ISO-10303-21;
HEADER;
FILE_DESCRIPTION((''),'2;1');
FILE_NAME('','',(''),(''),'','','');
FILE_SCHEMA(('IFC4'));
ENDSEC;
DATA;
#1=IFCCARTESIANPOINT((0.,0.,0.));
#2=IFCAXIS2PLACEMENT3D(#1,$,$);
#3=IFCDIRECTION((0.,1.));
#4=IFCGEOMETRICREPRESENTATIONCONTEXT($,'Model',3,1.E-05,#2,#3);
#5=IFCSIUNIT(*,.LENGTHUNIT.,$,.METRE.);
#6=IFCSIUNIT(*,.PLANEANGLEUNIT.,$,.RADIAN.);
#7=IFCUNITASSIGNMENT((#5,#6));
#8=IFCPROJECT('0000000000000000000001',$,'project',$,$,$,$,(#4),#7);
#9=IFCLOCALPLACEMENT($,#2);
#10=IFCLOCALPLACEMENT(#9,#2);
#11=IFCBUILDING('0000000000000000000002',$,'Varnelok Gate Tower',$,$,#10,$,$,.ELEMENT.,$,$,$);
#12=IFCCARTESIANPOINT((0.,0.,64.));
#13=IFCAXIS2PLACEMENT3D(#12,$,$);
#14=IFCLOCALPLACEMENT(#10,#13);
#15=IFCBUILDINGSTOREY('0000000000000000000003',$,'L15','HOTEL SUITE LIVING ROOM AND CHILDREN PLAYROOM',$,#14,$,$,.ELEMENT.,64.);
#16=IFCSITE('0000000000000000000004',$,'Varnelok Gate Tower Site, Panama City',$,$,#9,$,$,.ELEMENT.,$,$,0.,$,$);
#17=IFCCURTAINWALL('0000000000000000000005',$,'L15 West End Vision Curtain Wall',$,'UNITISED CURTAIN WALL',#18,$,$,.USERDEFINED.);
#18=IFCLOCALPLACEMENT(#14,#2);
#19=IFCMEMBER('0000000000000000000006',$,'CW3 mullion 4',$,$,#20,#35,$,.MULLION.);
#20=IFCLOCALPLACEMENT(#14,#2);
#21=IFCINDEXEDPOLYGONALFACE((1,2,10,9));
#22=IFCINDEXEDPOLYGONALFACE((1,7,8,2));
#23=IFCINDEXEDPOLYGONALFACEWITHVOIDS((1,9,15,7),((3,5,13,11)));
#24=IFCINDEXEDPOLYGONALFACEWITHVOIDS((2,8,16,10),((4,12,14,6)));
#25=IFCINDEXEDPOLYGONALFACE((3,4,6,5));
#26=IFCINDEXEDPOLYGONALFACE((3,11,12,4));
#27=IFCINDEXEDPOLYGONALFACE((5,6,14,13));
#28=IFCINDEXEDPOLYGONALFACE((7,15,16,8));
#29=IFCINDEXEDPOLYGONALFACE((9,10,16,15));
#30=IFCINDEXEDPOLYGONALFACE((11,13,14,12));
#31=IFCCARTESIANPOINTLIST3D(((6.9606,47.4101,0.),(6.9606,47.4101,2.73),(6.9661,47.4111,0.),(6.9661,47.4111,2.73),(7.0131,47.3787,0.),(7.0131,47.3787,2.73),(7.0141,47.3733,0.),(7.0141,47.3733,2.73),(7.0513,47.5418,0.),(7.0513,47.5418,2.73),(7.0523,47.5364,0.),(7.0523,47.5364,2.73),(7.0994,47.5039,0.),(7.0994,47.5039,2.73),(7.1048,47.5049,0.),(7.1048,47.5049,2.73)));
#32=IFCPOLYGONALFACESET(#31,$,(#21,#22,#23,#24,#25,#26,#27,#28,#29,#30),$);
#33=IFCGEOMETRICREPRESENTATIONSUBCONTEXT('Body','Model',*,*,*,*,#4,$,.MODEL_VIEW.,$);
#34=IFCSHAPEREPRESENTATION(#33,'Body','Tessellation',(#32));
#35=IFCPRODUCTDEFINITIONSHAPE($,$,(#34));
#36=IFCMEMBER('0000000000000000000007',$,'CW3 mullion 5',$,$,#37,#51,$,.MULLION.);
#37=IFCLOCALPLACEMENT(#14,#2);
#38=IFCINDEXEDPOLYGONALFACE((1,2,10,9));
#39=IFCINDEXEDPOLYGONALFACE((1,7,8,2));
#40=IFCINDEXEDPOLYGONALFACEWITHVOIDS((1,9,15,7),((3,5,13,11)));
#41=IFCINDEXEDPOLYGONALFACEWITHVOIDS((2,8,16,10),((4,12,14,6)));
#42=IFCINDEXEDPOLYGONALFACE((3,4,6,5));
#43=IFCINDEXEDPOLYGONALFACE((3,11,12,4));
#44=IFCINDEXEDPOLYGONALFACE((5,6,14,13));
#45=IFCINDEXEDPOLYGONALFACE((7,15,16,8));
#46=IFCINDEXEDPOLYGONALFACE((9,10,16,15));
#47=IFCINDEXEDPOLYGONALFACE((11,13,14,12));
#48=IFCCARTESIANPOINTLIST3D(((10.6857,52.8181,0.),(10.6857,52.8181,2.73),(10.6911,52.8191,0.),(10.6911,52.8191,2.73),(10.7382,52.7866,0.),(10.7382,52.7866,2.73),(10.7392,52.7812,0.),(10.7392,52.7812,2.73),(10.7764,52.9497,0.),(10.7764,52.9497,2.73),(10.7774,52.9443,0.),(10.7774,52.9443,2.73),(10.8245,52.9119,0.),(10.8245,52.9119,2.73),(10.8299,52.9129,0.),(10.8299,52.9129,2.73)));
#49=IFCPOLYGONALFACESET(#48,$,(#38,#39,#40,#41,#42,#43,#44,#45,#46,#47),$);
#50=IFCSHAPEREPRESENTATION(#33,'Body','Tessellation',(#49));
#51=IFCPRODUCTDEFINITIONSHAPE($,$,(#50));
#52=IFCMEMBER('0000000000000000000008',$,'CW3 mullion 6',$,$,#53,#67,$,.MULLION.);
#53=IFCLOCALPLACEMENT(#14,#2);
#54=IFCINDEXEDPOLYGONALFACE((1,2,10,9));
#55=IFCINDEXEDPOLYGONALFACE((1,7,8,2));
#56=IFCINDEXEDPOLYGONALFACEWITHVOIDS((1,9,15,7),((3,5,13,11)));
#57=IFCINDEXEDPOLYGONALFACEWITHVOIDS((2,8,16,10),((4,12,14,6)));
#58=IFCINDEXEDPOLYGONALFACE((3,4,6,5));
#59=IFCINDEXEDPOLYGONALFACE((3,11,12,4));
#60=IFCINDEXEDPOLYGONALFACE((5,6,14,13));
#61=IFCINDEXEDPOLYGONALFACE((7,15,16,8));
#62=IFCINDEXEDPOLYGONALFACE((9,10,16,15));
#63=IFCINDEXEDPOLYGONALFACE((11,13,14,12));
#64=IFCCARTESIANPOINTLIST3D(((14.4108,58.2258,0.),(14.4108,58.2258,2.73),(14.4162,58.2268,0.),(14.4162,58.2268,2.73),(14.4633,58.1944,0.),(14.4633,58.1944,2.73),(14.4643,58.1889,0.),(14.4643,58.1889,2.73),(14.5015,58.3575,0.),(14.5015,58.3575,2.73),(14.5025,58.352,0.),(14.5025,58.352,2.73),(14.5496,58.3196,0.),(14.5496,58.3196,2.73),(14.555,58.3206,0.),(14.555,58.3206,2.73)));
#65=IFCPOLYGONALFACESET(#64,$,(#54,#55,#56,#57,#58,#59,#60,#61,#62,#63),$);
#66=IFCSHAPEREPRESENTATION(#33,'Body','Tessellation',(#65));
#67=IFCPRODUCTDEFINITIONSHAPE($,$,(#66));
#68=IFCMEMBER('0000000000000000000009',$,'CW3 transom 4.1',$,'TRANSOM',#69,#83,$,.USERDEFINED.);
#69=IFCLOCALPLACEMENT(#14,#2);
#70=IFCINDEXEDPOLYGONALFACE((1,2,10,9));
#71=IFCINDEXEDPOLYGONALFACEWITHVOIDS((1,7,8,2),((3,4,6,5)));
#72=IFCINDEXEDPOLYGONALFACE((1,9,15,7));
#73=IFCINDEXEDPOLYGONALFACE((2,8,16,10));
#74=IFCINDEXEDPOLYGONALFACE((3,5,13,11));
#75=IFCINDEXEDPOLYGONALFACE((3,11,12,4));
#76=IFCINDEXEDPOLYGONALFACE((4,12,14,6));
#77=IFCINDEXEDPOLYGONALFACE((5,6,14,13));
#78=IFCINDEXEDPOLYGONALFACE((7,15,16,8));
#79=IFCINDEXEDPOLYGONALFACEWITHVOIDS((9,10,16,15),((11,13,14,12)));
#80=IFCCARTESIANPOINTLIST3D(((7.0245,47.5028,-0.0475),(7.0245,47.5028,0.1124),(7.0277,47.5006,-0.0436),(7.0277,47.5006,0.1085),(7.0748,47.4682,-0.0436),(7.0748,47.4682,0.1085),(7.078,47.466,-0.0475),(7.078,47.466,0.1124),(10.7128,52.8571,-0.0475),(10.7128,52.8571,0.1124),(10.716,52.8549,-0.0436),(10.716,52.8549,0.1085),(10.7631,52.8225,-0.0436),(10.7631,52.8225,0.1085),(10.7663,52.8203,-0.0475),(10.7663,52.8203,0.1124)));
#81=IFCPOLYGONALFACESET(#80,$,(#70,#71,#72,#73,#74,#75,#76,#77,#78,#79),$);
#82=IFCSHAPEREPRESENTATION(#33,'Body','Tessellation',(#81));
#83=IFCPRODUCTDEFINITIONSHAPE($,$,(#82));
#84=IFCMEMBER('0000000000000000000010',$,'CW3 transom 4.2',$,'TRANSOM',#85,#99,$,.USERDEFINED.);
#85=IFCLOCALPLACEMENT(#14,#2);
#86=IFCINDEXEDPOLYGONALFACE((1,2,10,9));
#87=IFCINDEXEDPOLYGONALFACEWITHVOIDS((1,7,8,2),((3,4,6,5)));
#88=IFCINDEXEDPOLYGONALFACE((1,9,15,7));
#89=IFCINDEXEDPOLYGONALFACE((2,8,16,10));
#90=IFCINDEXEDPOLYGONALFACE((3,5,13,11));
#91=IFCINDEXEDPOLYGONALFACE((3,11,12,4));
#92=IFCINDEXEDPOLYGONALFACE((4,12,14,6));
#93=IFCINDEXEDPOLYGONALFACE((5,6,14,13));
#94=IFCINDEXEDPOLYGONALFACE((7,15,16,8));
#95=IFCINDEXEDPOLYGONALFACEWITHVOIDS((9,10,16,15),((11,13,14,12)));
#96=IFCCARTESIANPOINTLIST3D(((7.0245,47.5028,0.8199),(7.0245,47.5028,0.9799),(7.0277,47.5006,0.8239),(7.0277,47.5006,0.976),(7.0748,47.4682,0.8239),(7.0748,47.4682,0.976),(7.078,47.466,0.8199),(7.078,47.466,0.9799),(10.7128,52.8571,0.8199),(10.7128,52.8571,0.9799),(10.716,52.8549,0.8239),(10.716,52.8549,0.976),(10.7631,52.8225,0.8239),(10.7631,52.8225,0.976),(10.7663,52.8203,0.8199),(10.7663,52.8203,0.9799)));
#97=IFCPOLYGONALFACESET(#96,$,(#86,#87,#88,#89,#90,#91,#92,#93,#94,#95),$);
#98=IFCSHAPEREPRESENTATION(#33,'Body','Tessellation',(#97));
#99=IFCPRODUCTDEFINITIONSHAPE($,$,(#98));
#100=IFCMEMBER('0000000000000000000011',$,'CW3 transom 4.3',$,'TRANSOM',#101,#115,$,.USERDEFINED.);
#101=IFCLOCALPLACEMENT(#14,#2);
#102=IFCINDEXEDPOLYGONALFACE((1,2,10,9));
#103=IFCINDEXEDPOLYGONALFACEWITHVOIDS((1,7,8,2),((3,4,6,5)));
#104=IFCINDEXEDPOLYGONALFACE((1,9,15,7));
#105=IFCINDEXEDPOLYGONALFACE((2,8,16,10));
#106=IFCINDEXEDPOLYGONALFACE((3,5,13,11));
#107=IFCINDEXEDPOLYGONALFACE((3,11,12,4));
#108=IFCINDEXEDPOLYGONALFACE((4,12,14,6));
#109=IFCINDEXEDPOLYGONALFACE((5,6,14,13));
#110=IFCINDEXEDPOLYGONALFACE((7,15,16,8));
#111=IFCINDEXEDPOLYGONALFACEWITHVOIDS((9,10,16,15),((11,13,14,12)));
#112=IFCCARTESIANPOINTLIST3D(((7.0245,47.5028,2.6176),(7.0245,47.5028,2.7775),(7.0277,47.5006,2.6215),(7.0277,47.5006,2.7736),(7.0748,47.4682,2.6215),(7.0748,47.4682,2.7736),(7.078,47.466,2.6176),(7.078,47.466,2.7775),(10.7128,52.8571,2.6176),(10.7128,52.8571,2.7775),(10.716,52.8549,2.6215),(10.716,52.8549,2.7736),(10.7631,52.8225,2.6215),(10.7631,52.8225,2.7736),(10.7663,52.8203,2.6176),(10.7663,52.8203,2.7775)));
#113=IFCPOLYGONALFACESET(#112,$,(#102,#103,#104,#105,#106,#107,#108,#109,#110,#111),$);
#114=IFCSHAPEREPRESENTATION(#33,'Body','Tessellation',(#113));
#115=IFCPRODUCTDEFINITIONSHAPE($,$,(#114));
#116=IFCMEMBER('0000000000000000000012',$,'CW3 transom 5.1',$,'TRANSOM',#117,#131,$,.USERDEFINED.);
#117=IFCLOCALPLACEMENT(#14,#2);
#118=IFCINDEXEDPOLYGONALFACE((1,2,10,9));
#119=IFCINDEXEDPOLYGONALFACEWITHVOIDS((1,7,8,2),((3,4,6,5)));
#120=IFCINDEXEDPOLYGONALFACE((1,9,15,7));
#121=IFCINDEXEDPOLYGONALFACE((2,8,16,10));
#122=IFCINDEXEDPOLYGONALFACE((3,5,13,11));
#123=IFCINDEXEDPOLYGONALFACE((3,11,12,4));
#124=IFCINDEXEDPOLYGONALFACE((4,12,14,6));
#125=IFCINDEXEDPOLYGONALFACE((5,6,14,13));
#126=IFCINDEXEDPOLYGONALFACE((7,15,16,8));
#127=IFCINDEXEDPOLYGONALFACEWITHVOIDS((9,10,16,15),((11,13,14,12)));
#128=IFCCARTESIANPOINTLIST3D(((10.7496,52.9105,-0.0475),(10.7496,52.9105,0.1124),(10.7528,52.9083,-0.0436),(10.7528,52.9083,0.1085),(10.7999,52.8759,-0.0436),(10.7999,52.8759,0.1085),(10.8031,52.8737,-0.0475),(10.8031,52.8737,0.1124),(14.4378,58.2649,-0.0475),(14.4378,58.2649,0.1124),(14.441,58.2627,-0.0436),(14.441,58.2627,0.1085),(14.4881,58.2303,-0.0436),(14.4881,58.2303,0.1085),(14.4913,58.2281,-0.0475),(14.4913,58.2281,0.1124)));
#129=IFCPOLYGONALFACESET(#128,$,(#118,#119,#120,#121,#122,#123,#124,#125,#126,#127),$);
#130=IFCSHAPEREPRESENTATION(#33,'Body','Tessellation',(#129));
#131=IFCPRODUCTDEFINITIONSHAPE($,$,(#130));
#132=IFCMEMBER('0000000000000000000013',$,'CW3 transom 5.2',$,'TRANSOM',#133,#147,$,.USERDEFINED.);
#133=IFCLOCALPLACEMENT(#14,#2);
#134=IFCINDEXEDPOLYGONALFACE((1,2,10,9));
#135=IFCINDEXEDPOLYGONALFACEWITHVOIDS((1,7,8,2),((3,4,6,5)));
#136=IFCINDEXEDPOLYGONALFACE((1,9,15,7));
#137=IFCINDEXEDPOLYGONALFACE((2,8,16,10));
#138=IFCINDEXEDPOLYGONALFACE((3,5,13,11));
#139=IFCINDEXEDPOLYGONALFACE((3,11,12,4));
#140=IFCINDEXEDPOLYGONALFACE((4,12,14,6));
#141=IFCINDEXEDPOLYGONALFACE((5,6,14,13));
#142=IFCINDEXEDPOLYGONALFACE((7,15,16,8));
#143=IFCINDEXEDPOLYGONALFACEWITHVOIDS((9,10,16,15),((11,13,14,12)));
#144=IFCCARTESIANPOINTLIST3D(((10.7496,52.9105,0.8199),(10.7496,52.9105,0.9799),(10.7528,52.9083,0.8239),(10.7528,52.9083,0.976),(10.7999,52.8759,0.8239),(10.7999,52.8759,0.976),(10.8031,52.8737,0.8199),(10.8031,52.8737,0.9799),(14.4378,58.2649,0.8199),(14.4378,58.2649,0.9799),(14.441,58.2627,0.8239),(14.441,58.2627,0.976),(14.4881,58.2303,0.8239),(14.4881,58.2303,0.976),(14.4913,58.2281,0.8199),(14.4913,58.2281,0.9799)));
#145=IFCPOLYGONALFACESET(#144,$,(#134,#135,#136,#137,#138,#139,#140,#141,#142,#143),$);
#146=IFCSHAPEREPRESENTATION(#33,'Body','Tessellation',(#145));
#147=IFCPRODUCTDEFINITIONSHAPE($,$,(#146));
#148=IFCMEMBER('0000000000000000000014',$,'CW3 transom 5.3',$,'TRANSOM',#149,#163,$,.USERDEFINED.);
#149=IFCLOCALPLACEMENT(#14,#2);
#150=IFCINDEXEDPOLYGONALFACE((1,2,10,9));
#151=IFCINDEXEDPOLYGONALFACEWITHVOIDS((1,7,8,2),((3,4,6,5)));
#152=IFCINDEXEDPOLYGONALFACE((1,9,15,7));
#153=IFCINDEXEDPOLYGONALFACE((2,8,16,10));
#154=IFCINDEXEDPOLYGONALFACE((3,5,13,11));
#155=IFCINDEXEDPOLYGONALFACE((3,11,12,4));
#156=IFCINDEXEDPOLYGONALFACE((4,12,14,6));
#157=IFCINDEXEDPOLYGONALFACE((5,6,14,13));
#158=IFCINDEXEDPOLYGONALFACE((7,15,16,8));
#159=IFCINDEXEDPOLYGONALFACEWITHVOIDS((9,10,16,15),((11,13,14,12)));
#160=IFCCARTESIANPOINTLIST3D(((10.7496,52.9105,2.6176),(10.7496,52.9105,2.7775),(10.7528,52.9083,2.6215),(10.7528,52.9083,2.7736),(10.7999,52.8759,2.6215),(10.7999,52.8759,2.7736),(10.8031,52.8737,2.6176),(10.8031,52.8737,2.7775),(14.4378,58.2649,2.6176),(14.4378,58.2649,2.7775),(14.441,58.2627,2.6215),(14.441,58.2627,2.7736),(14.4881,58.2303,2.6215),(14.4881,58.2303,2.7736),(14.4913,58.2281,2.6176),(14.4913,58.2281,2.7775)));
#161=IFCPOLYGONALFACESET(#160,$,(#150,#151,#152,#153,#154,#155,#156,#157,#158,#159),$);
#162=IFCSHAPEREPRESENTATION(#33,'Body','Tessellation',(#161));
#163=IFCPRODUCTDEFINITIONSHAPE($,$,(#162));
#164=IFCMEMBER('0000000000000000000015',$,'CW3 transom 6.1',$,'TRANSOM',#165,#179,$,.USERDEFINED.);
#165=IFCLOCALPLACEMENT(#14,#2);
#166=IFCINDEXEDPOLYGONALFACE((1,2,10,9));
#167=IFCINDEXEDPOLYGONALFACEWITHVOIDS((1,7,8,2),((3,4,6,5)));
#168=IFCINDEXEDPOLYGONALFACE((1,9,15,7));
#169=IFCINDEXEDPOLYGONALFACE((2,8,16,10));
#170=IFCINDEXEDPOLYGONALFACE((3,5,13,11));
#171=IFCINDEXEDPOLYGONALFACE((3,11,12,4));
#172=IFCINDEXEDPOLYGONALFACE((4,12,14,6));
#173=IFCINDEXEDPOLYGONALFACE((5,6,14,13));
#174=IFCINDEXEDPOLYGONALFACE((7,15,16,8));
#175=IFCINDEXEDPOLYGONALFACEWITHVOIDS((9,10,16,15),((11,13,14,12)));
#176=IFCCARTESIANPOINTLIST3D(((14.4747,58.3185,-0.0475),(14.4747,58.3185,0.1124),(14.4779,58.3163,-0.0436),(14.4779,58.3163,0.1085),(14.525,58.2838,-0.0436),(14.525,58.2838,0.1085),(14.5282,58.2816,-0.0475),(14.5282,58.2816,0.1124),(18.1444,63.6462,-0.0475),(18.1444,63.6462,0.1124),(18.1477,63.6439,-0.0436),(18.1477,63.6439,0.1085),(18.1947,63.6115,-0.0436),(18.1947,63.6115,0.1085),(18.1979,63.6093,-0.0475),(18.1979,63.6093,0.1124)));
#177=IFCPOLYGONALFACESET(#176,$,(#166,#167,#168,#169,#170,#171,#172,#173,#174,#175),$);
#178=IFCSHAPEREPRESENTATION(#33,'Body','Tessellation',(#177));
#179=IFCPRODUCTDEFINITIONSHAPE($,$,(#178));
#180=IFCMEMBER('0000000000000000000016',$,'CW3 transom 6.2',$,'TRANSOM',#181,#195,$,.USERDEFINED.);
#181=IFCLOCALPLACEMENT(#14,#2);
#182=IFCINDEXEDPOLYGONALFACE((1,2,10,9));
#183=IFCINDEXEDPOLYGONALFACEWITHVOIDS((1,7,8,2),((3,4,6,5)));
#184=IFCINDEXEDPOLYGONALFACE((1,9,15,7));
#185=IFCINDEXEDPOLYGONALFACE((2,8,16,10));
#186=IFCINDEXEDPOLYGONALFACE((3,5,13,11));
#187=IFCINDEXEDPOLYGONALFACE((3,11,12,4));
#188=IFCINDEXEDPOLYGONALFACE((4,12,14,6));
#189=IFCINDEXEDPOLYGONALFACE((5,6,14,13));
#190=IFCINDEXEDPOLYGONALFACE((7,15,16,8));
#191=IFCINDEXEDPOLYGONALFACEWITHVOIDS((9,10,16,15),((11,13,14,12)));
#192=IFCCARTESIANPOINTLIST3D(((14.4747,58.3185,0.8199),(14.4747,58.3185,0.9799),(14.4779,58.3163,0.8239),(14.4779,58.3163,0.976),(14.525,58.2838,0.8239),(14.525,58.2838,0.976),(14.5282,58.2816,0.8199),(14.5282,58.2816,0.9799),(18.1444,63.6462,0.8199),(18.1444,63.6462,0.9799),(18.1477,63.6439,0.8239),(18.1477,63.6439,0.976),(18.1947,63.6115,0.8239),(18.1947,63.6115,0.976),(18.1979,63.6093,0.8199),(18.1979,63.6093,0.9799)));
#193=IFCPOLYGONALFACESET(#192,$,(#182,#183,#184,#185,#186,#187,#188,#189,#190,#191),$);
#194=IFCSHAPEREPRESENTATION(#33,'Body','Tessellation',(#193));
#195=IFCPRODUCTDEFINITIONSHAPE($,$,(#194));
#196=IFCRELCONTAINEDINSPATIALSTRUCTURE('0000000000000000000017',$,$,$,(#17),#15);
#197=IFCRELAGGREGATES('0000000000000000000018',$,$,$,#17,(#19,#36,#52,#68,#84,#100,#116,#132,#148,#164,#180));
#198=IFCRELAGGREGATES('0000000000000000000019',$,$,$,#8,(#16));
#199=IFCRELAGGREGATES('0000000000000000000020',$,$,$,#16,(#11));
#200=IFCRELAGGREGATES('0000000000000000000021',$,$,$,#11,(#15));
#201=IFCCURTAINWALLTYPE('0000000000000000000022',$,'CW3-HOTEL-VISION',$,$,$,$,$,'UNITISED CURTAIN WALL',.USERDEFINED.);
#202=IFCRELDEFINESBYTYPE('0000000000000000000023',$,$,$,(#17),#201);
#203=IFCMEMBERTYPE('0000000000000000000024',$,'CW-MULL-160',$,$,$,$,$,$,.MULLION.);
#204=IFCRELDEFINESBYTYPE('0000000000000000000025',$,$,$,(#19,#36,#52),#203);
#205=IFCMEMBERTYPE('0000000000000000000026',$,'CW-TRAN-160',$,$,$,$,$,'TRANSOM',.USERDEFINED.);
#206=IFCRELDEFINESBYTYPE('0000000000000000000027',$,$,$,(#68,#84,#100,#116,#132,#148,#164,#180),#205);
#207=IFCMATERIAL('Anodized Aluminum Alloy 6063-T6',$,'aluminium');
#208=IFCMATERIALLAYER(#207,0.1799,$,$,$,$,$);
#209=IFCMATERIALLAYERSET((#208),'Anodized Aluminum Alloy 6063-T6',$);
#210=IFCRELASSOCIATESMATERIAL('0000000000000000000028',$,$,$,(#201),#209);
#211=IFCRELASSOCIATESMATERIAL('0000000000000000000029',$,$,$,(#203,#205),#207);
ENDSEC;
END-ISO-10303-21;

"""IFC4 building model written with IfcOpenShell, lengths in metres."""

from ifc_helpers import new_model, si_unit, direction, frame, origin, origin_2d, place, context, subcontext, project, spatial, hollow_rectangle, extrude, material, layer, layer_set, material_profile, profile_set, type_object, element, aggregate, save


model = new_model("IFC4")

# Units and contexts
model_context = context("Model", 3, precision=1e-05, world=origin(), true_north=direction((0.0, 1.0)))
body_context = subcontext(model_context, "Body", "Model", "MODEL_VIEW")
ifc_project = project(units=[si_unit("LENGTHUNIT", "METRE"), si_unit("PLANEANGLEUNIT", "RADIAN")], contexts=[model_context])

# Site, building, storey
site_placement = place(None, origin())
site = spatial("IfcSite", under=ifc_project, at=site_placement, Name="Varnelok Gate Tower Site, Panama City", CompositionType="ELEMENT", RefElevation=0.0)
building_placement = place(site_placement, origin())
building = spatial("IfcBuilding", under=site, at=building_placement, Name="Varnelok Gate Tower", CompositionType="ELEMENT")
storey_placement = place(building_placement, frame((0.0, 0.0, 64.0)))
storey = spatial("IfcBuildingStorey", under=building, at=storey_placement, Name="L15", Description="HOTEL SUITE LIVING ROOM AND CHILDREN PLAYROOM", CompositionType="ELEMENT", Elevation=64.0)

# Curtain wall, members
ifc_material_1 = material(Name="Anodized Aluminum Alloy 6063-T6", Category="aluminium")
ifc_layer_1 = layer(ifc_material_1, 0.1799)
ifc_layer_set_1 = layer_set([ifc_layer_1], Name="Anodized Aluminum Alloy 6063-T6")
curtain_wall_type = type_object("IfcCurtainWallType", Name="CW3-HOTEL-VISION", ElementType="UNITISED CURTAIN WALL", PredefinedType="USERDEFINED", material=ifc_layer_set_1)
curtain_wall_placement = place(storey_placement, origin())
curtain_wall = element("IfcCurtainWall", 1, at=curtain_wall_placement, inside=storey, type_object=curtain_wall_type, Name="L15 West End Vision Curtain Wall", ObjectType="UNITISED CURTAIN WALL", PredefinedType="USERDEFINED")
ifc_material_profile_1 = material_profile(ifc_material_1, hollow_rectangle(XDim=0.0649, YDim=0.1599, WallThickness=0.0039, at=origin_2d()), Name="ALU160X65X4")
ifc_profile_set_1 = profile_set([ifc_material_profile_1], Name="Anodized Aluminum Alloy 6063-T6")
member_type_1 = type_object("IfcMemberType", Name="CW-MULL-160", PredefinedType="MULLION", material=ifc_profile_set_1)
member_1_placement = place(storey_placement, frame((7.0327, 47.4575, 0.0), z_axis=(0.0, 0.0, 1.0), x_axis=(-0.823533, 0.567269, 0.0)))
member_1 = element("IfcMember", 2, at=member_1_placement, type_object=member_type_1, Name="CW3 mullion 4", PredefinedType="MULLION", context=body_context, shape_type="SweptSolid", body=[
    extrude(hollow_rectangle(XDim=0.0649, YDim=0.1599, WallThickness=0.0039, at=origin_2d()), origin(), (0.0, 0.0, 1.0), 2.73),
])
member_2_placement = place(storey_placement, frame((10.7578, 52.8655, 0.0), z_axis=(0.0, 0.0, 1.0), x_axis=(-0.823533, 0.567269, 0.0)))
member_2 = element("IfcMember", 3, at=member_2_placement, type_object=member_type_1, Name="CW3 mullion 5", PredefinedType="MULLION", context=body_context, shape_type="SweptSolid", body=[
    extrude(hollow_rectangle(XDim=0.0649, YDim=0.1599, WallThickness=0.0039, at=origin_2d()), origin(), (0.0, 0.0, 1.0), 2.73),
])
member_3_placement = place(storey_placement, frame((14.4829, 58.2732, 0.0), z_axis=(0.0, 0.0, 1.0), x_axis=(-0.823533, 0.567269, 0.0)))
member_3 = element("IfcMember", 4, at=member_3_placement, type_object=member_type_1, Name="CW3 mullion 6", PredefinedType="MULLION", context=body_context, shape_type="SweptSolid", body=[
    extrude(hollow_rectangle(XDim=0.0649, YDim=0.1599, WallThickness=0.0039, at=origin_2d()), origin(), (0.0, 0.0, 1.0), 2.73),
])
ifc_material_profile_2 = material_profile(ifc_material_1, hollow_rectangle(XDim=0.0649, YDim=0.1599, WallThickness=0.0039, at=origin_2d()), Name="ALU160X65X4")
ifc_profile_set_2 = profile_set([ifc_material_profile_2], Name="Anodized Aluminum Alloy 6063-T6")
member_type_2 = type_object("IfcMemberType", Name="CW-TRAN-160", ElementType="TRANSOM", PredefinedType="USERDEFINED", material=ifc_profile_set_2)
member_4_placement = place(storey_placement, frame((7.0513, 47.4844, 0.0325), z_axis=(0.567279, 0.823526, 0.0), x_axis=(-0.823526, 0.567279, 0.0)))
member_4 = element("IfcMember", 5, at=member_4_placement, type_object=member_type_2, Name="CW3 transom 4.1", ObjectType="TRANSOM", PredefinedType="USERDEFINED", context=body_context, shape_type="SweptSolid", body=[
    extrude(hollow_rectangle(XDim=0.0649, YDim=0.1599, WallThickness=0.0039, at=origin_2d()), origin(), (0.0, 0.0, 1.0), 6.5017),
])
member_5_placement = place(storey_placement, frame((7.0513, 47.4844, 0.8999), z_axis=(0.567279, 0.823526, 0.0), x_axis=(-0.823526, 0.567279, 0.0)))
member_5 = element("IfcMember", 6, at=member_5_placement, type_object=member_type_2, Name="CW3 transom 4.2", ObjectType="TRANSOM", PredefinedType="USERDEFINED", context=body_context, shape_type="SweptSolid", body=[
    extrude(hollow_rectangle(XDim=0.0649, YDim=0.1599, WallThickness=0.0039, at=origin_2d()), origin(), (0.0, 0.0, 1.0), 6.5017),
])
member_6_placement = place(storey_placement, frame((7.0513, 47.4844, 2.6975), z_axis=(0.567279, 0.823526, 0.0), x_axis=(-0.823526, 0.567279, 0.0)))
member_6 = element("IfcMember", 7, at=member_6_placement, type_object=member_type_2, Name="CW3 transom 4.3", ObjectType="TRANSOM", PredefinedType="USERDEFINED", context=body_context, shape_type="SweptSolid", body=[
    extrude(hollow_rectangle(XDim=0.0649, YDim=0.1599, WallThickness=0.0039, at=origin_2d()), origin(), (0.0, 0.0, 1.0), 6.5017),
])
member_7_placement = place(storey_placement, frame((10.7764, 52.8921, 0.0325), z_axis=(0.567262, 0.823538, 0.0), x_axis=(-0.823538, 0.567262, 0.0)))
member_7 = element("IfcMember", 8, at=member_7_placement, type_object=member_type_2, Name="CW3 transom 5.1", ObjectType="TRANSOM", PredefinedType="USERDEFINED", context=body_context, shape_type="SweptSolid", body=[
    extrude(hollow_rectangle(XDim=0.0649, YDim=0.1599, WallThickness=0.0039, at=origin_2d()), origin(), (0.0, 0.0, 1.0), 6.5017),
])
member_8_placement = place(storey_placement, frame((10.7764, 52.8921, 0.8999), z_axis=(0.567262, 0.823538, 0.0), x_axis=(-0.823538, 0.567262, 0.0)))
member_8 = element("IfcMember", 9, at=member_8_placement, type_object=member_type_2, Name="CW3 transom 5.2", ObjectType="TRANSOM", PredefinedType="USERDEFINED", context=body_context, shape_type="SweptSolid", body=[
    extrude(hollow_rectangle(XDim=0.0649, YDim=0.1599, WallThickness=0.0039, at=origin_2d()), origin(), (0.0, 0.0, 1.0), 6.5017),
])
member_9_placement = place(storey_placement, frame((10.7764, 52.8921, 2.6975), z_axis=(0.567262, 0.823538, 0.0), x_axis=(-0.823538, 0.567262, 0.0)))
member_9 = element("IfcMember", 10, at=member_9_placement, type_object=member_type_2, Name="CW3 transom 5.3", ObjectType="TRANSOM", PredefinedType="USERDEFINED", context=body_context, shape_type="SweptSolid", body=[
    extrude(hollow_rectangle(XDim=0.0649, YDim=0.1599, WallThickness=0.0039, at=origin_2d()), origin(), (0.0, 0.0, 1.0), 6.5017),
])
member_10_placement = place(storey_placement, frame((14.5015, 58.3, 0.0325), z_axis=(0.567256, 0.823542, 0.0), x_axis=(-0.823542, 0.567256, 0.0)))
member_10 = element("IfcMember", 11, at=member_10_placement, type_object=member_type_2, Name="CW3 transom 6.1", ObjectType="TRANSOM", PredefinedType="USERDEFINED", context=body_context, shape_type="SweptSolid", body=[
    extrude(hollow_rectangle(XDim=0.0649, YDim=0.1599, WallThickness=0.0039, at=origin_2d()), origin(), (0.0, 0.0, 1.0), 6.4692),
])
member_11_placement = place(storey_placement, frame((14.5015, 58.3, 0.8999), z_axis=(0.567256, 0.823542, 0.0), x_axis=(-0.823542, 0.567256, 0.0)))
member_11 = element("IfcMember", 12, at=member_11_placement, type_object=member_type_2, Name="CW3 transom 6.2", ObjectType="TRANSOM", PredefinedType="USERDEFINED", context=body_context, shape_type="SweptSolid", body=[
    extrude(hollow_rectangle(XDim=0.0649, YDim=0.1599, WallThickness=0.0039, at=origin_2d()), origin(), (0.0, 0.0, 1.0), 6.4692),
])
aggregate(curtain_wall, [member_1, member_2, member_3, member_4, member_5, member_6, member_7, member_8, member_9, member_10, member_11])

save(model, "model.ifc")
